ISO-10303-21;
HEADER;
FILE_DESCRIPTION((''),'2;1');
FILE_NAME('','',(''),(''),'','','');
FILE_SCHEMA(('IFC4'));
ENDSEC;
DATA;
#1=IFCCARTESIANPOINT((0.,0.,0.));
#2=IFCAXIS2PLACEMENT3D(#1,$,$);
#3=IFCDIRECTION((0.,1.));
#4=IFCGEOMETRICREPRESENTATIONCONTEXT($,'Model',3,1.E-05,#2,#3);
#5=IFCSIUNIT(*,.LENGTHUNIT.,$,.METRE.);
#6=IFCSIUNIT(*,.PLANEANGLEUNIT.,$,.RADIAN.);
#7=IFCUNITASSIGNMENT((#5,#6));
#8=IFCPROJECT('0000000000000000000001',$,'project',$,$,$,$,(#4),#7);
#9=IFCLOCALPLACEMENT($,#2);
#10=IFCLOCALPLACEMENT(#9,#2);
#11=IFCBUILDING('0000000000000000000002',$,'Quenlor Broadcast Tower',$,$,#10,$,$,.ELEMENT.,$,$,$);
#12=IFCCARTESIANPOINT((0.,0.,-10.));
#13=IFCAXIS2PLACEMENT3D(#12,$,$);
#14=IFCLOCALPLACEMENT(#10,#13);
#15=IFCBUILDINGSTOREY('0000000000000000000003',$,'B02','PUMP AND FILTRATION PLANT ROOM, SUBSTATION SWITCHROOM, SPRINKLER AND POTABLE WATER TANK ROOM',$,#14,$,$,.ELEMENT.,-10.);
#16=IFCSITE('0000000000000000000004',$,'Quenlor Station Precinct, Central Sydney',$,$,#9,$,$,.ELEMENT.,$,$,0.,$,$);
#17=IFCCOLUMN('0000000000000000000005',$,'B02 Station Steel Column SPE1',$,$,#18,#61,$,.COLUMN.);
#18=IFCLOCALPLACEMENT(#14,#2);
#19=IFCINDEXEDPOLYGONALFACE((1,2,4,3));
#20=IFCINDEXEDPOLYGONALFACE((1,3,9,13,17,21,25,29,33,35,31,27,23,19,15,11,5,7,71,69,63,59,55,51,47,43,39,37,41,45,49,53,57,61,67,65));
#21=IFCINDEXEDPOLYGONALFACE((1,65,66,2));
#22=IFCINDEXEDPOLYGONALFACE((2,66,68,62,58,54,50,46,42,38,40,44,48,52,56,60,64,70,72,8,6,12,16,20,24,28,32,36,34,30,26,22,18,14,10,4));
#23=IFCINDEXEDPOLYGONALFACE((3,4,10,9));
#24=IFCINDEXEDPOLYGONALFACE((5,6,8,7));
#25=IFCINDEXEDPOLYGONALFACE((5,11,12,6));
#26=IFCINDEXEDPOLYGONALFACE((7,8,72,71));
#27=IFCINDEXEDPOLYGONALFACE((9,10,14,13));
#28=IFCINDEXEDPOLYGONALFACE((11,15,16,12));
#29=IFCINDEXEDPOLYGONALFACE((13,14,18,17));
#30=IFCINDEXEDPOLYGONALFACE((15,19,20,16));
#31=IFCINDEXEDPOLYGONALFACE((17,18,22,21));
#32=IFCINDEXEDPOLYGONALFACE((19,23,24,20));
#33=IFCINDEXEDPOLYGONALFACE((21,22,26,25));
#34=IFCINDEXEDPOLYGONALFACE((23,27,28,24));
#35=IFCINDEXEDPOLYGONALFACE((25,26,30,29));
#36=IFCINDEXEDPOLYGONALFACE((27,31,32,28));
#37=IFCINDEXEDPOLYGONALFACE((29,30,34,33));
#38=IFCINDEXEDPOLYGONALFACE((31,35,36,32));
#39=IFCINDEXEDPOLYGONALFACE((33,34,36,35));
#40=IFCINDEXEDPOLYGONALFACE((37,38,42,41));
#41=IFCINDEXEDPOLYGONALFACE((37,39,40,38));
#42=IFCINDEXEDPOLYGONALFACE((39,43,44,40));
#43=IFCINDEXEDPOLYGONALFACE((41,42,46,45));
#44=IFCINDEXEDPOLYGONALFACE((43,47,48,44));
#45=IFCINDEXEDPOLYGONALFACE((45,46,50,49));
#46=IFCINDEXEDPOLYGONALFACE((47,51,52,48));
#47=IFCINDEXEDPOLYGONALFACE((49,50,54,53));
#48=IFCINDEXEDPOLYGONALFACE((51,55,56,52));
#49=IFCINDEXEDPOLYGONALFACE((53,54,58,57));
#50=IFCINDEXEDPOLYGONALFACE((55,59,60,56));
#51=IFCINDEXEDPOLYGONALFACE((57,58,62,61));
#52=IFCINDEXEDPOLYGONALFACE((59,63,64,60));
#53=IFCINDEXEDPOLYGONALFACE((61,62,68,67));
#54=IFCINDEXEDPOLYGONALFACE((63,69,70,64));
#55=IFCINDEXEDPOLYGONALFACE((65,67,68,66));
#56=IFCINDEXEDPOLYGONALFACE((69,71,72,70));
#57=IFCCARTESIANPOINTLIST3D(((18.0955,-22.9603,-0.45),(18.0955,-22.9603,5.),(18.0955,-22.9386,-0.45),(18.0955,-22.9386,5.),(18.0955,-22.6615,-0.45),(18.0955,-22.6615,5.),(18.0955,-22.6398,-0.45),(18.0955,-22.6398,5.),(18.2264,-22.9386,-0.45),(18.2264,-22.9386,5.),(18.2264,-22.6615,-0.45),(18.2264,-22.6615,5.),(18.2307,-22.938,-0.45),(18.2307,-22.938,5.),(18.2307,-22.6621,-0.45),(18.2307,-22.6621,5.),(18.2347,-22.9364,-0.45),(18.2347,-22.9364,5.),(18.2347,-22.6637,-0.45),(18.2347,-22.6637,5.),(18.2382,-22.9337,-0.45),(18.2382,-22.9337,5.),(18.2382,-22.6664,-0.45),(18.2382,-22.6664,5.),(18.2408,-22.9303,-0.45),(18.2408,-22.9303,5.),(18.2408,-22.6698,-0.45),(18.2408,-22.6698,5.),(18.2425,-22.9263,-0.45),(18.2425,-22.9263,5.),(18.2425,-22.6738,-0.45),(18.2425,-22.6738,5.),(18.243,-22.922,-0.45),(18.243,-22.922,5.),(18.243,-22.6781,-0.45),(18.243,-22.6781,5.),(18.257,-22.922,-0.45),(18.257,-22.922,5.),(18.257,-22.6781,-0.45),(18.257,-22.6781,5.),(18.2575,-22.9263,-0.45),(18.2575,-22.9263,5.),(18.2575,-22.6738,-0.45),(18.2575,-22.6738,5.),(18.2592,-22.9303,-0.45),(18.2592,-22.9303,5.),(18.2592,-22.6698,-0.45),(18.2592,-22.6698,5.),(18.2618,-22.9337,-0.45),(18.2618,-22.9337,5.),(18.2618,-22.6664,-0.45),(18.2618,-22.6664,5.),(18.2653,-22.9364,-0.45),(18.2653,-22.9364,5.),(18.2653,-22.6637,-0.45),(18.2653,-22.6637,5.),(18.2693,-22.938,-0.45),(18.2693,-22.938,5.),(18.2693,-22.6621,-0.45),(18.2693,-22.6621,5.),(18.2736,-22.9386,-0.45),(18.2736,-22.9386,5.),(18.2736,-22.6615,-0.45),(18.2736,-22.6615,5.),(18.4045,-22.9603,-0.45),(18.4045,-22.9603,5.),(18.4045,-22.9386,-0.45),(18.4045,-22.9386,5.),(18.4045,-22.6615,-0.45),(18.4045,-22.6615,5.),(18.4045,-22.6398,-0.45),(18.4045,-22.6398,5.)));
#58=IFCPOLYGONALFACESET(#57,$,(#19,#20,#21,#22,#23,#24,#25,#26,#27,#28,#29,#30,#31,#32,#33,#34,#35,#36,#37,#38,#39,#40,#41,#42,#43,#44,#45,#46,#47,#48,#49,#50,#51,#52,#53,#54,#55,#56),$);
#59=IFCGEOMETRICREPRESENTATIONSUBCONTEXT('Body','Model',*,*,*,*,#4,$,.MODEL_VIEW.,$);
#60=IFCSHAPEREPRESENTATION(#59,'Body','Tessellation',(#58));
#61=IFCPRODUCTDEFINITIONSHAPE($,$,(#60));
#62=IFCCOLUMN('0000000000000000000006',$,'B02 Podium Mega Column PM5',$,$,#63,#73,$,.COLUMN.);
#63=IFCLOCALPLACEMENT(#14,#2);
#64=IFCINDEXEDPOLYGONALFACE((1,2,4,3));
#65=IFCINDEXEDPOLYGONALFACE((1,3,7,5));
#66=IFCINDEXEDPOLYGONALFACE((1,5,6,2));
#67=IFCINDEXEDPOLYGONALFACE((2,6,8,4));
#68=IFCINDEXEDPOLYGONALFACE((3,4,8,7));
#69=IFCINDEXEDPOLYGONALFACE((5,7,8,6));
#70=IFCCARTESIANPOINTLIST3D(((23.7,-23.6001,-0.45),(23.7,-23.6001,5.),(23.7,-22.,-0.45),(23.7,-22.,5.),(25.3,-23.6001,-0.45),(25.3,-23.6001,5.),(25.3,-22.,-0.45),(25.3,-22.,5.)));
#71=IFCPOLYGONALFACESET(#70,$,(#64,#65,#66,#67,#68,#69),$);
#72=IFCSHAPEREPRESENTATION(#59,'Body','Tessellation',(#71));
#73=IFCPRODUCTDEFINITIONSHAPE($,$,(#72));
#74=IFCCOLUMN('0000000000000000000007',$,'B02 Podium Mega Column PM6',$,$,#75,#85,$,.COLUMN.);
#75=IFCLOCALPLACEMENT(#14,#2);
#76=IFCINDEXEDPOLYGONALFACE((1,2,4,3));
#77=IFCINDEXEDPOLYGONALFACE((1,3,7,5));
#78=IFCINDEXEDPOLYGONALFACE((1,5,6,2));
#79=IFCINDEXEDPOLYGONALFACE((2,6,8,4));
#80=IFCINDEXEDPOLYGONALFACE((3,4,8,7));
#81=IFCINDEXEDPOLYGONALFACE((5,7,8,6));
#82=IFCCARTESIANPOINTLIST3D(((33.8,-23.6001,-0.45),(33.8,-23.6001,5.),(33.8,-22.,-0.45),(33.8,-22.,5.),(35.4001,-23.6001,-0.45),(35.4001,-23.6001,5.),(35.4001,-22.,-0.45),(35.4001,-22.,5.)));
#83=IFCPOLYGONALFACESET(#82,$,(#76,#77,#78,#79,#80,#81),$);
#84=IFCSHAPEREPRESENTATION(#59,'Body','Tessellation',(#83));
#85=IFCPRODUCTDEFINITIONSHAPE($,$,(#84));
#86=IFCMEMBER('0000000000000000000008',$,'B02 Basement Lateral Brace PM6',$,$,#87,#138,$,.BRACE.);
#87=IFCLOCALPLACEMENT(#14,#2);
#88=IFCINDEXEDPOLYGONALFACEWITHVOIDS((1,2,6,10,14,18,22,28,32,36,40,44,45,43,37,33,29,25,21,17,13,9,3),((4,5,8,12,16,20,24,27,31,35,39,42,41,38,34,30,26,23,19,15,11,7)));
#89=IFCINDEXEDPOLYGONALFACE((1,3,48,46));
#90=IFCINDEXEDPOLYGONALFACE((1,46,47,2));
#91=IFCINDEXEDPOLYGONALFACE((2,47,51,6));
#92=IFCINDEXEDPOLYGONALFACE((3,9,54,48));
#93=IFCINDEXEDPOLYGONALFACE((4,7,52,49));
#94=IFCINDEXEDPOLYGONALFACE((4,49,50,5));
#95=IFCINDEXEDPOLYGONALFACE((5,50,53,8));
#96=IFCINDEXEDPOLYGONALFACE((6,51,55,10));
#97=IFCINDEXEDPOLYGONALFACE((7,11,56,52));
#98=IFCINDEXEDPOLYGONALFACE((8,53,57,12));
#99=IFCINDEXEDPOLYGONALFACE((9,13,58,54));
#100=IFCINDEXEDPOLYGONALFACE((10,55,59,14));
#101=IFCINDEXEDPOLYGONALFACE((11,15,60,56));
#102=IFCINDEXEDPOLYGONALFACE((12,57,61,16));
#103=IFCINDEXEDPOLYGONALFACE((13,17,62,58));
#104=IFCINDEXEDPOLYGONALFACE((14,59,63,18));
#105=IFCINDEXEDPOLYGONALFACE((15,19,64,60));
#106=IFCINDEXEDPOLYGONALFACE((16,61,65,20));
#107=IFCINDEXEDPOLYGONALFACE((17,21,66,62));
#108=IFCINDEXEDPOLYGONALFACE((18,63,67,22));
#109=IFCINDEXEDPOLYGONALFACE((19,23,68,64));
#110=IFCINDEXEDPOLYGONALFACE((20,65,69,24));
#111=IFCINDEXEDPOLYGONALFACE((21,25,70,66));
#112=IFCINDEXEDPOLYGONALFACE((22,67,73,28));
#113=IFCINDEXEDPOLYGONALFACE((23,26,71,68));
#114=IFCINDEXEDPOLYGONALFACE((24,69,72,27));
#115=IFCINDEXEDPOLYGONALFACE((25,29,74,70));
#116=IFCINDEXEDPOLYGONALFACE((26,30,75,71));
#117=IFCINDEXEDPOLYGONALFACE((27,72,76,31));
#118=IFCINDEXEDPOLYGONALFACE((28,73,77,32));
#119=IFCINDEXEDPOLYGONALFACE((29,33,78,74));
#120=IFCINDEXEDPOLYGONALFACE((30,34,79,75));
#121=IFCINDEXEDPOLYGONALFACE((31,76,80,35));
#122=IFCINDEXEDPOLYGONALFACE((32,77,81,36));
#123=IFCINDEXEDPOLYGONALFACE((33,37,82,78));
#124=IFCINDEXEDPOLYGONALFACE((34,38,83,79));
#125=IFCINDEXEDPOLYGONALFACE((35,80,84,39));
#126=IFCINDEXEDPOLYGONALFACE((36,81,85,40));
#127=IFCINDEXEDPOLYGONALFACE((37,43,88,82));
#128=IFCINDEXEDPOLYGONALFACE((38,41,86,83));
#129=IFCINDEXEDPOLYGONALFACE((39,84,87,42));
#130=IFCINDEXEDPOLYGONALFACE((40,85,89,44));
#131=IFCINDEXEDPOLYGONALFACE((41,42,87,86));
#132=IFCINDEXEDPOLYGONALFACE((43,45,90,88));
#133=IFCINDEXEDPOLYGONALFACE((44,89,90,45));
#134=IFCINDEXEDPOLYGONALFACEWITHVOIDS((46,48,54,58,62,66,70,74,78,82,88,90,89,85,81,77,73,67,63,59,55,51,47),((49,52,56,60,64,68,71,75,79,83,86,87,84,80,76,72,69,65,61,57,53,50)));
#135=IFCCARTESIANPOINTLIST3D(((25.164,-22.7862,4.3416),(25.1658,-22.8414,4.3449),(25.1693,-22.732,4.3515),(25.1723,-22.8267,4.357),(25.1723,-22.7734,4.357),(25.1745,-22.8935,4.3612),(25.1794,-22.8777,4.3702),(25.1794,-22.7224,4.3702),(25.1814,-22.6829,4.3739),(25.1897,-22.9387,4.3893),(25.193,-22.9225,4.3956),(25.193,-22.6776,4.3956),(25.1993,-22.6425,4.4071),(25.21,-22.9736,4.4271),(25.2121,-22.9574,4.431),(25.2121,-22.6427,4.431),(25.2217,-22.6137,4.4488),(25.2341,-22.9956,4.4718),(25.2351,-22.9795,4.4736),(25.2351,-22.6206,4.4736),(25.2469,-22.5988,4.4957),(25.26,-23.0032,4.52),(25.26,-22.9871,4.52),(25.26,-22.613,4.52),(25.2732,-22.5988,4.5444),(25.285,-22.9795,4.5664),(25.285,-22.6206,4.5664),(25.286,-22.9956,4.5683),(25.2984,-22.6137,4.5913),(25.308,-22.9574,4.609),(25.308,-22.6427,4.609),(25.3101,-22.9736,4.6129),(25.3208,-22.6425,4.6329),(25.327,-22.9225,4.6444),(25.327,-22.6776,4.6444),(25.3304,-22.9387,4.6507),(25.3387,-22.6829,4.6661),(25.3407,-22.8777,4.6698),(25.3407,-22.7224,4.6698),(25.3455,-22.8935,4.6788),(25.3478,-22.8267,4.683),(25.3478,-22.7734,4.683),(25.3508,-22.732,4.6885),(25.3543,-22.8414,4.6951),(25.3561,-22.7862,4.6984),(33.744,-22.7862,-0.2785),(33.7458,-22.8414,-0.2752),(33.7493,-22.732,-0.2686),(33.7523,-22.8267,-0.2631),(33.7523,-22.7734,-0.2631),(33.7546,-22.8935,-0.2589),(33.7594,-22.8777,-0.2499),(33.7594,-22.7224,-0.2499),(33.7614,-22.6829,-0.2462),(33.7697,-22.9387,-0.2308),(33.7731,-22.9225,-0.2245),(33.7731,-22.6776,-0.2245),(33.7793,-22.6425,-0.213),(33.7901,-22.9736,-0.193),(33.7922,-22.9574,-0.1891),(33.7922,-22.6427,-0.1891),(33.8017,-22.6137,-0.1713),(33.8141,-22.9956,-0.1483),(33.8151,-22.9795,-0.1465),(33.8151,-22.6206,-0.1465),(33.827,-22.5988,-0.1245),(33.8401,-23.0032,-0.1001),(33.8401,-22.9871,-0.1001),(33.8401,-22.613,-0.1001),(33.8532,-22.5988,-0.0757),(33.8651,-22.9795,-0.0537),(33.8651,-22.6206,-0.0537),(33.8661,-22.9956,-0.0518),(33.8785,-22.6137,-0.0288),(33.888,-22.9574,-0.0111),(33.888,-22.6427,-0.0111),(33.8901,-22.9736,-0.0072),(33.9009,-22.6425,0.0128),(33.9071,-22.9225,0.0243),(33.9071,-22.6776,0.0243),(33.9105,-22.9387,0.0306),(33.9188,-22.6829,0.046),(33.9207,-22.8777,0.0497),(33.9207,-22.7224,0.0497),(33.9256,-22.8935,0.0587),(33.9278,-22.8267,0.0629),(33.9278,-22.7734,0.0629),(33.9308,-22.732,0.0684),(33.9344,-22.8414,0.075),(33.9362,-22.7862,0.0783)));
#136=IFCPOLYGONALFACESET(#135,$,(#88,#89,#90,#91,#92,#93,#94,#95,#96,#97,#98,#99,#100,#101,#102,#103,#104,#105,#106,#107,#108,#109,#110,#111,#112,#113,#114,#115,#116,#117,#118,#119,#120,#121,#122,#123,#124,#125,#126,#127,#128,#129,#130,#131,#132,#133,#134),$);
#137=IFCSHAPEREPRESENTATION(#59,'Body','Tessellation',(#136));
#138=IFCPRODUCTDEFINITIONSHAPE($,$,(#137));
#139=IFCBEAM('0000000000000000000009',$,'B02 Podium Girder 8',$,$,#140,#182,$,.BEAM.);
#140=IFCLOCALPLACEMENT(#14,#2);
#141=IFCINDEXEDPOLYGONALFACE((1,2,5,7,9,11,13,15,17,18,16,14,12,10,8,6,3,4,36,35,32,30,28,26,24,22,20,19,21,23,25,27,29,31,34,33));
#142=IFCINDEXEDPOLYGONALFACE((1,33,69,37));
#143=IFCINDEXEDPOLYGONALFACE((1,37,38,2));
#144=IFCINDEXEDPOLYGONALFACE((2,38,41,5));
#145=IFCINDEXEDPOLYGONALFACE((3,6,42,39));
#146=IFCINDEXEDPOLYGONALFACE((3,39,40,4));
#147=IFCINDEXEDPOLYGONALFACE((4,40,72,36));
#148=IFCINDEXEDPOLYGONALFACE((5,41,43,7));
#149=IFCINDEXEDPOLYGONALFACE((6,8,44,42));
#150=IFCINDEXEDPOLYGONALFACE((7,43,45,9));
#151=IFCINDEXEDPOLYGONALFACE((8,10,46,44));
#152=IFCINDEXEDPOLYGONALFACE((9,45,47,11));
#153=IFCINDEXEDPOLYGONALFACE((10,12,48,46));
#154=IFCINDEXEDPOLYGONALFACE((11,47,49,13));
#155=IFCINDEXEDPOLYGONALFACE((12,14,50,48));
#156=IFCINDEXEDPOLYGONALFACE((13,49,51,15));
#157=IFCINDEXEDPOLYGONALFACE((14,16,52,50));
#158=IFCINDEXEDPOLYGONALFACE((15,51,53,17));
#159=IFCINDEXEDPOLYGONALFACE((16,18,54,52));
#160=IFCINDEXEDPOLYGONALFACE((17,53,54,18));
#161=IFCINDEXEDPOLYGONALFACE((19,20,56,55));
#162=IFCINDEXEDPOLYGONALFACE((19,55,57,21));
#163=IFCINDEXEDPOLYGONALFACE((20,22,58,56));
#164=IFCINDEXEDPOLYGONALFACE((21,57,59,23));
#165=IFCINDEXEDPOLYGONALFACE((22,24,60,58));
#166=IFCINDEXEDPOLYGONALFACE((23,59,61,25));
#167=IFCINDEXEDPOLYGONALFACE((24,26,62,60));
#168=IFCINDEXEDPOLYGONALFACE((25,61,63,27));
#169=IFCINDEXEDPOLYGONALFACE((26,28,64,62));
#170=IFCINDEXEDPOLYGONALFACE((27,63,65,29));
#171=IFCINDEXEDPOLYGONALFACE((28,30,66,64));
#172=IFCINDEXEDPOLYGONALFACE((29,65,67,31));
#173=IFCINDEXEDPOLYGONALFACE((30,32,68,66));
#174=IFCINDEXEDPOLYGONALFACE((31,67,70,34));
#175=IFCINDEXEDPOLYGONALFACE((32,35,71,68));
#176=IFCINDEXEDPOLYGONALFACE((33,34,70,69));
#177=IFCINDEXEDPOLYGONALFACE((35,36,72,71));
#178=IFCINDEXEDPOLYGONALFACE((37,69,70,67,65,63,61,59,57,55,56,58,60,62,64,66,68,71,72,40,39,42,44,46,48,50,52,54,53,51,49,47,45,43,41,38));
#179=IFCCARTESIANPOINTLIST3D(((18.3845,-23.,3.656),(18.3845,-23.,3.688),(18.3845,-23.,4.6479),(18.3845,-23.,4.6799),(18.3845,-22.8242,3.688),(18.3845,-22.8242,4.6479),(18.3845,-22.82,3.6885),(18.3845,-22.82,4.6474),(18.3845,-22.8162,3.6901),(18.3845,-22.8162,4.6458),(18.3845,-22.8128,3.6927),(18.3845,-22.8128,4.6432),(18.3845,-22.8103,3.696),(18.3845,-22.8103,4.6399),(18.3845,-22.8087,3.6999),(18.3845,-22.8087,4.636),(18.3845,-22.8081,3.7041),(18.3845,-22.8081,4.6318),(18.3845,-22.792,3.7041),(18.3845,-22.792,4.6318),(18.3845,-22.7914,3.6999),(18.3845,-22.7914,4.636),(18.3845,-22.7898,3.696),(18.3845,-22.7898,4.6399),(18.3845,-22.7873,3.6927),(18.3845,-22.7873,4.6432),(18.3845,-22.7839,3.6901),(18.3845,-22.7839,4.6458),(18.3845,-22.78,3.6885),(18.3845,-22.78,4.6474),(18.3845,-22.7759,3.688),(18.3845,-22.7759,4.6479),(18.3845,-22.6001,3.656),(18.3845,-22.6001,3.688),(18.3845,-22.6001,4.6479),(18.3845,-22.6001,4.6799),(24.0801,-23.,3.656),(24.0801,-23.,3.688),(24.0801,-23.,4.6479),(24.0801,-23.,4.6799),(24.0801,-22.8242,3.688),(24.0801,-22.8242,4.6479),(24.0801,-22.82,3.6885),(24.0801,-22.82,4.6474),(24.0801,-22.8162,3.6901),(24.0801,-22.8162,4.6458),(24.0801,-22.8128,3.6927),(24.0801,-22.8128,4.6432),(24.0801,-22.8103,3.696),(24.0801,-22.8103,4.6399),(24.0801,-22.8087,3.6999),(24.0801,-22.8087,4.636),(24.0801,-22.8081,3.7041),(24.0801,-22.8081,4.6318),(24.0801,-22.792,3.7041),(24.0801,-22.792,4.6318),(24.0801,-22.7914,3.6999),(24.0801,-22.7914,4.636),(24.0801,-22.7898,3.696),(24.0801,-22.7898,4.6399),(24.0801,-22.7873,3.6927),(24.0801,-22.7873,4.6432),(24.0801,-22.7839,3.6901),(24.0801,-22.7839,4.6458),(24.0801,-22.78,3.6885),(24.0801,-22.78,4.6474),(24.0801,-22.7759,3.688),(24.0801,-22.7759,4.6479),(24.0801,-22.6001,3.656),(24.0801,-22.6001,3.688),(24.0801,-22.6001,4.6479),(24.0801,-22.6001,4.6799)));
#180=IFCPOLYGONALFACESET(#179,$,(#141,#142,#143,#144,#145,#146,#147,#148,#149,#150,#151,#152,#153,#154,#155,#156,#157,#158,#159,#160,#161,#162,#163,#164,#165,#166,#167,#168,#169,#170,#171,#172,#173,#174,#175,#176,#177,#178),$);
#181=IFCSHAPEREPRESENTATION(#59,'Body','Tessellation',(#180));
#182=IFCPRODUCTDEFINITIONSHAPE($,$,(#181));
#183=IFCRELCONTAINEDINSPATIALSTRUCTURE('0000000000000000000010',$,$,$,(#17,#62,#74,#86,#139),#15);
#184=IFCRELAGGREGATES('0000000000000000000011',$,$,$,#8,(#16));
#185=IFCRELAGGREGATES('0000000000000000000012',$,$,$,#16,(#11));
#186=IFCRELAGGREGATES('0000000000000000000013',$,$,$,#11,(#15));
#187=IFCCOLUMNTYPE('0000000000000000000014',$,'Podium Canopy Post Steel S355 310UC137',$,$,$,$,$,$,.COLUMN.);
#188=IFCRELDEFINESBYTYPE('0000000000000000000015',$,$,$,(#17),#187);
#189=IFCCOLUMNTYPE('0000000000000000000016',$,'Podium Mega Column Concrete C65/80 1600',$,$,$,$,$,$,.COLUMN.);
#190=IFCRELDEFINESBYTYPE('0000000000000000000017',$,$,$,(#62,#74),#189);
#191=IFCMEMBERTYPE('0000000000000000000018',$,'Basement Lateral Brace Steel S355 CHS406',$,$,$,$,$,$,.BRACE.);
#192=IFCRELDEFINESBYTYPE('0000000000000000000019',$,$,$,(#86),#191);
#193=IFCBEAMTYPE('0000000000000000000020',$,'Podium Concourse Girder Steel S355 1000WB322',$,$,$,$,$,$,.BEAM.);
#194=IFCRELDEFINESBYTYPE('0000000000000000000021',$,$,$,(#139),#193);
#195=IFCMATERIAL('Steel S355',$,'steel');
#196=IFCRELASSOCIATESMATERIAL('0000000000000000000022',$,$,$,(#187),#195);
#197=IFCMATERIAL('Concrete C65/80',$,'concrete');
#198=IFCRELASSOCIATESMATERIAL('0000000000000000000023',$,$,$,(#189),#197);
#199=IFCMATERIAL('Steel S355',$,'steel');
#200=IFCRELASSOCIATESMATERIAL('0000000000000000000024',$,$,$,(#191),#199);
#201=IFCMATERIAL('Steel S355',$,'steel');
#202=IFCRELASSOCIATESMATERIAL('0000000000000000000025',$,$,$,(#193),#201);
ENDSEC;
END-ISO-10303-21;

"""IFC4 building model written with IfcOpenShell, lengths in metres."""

from ifc_helpers import new_model, si_unit, direction, frame, origin, origin_2d, place, context, subcontext, project, spatial, rectangle, hollow_circle, i_section, extrude, material, material_profile, profile_set, type_object, element, save


model = new_model("IFC4")

# Units and contexts
model_context = context("Model", 3, precision=1e-05, world=origin(), true_north=direction((0.0, 1.0)))
body_context = subcontext(model_context, "Body", "Model", "MODEL_VIEW")
ifc_project = project(units=[si_unit("LENGTHUNIT", "METRE"), si_unit("PLANEANGLEUNIT", "RADIAN")], contexts=[model_context])

# Site, building, storey
site_placement = place(None, origin())
site = spatial("IfcSite", under=ifc_project, at=site_placement, Name="Quenlor Station Precinct, Central Sydney", CompositionType="ELEMENT", RefElevation=0.0)
building_placement = place(site_placement, origin())
building = spatial("IfcBuilding", under=site, at=building_placement, Name="Quenlor Broadcast Tower", CompositionType="ELEMENT")
storey_placement = place(building_placement, frame((0.0, 0.0, -10.0)))
storey = spatial("IfcBuildingStorey", under=building, at=storey_placement, Name="B02", Description="PUMP AND FILTRATION PLANT ROOM, SUBSTATION SWITCHROOM, SPRINKLER AND POTABLE WATER TANK ROOM", CompositionType="ELEMENT", Elevation=-10.0)

# Columns
ifc_material_1 = material(Name="Steel S355", Category="steel")
ifc_material_profile_1 = material_profile(ifc_material_1, i_section(OverallWidth=0.3091, OverallDepth=0.3206, WebThickness=0.0139, FlangeThickness=0.0217, FilletRadius=0.0166, at=origin_2d()))
ifc_profile_set_1 = profile_set([ifc_material_profile_1], Name="Steel S355 310UC137")
column_type_1 = type_object("IfcColumnType", Name="Podium Canopy Post Steel S355 310UC137", PredefinedType="COLUMN", material=ifc_profile_set_1)
column_placement = place(storey_placement, frame((18.25, -22.8, -0.45), z_axis=(0.0, 0.0, 1.0), x_axis=(1.0, 0.0, 0.0)))
element("IfcColumn", 1, at=column_placement, inside=storey, type_object=column_type_1, Name="B02 Station Steel Column SPE1", PredefinedType="COLUMN", context=body_context, shape_type="SweptSolid", body=[
    extrude(i_section(OverallWidth=0.3091, OverallDepth=0.3206, WebThickness=0.0139, FlangeThickness=0.0217, FilletRadius=0.0166, at=origin_2d()), origin(), (0.0, 0.0, 1.0), 5.45),
])
ifc_material_2 = material(Name="Concrete C65/80", Category="concrete")
ifc_material_profile_2 = material_profile(ifc_material_2, rectangle(XDim=1.6001, YDim=1.6001, at=origin_2d()))
ifc_profile_set_2 = profile_set([ifc_material_profile_2], Name="Concrete C65/80 RC1600x1600")
column_type_2 = type_object("IfcColumnType", Name="Podium Mega Column Concrete C65/80 1600", PredefinedType="COLUMN", material=ifc_profile_set_2)
for number, where, z_axis, x_axis, name in (
    (2, (24.5, -22.8, -0.45), (0.0, 0.0, 1.0), (1.0, 0.0, 0.0), "B02 Podium Mega Column PM5"),
    (3, (34.6001, -22.8, -0.45), (0.0, 0.0, 1.0), (1.0, 0.0, 0.0), "B02 Podium Mega Column PM6"),
):
    element("IfcColumn", number, at=place(storey_placement, frame(where, z_axis=z_axis, x_axis=x_axis)), inside=storey, type_object=column_type_2, Name=name, PredefinedType="COLUMN", context=body_context, shape_type="SweptSolid", body=[
        extrude(rectangle(XDim=1.6001, YDim=1.6001, at=origin_2d()), origin(), (0.0, 0.0, 1.0), 5.45),
    ])

# Member
ifc_material_3 = material(Name="Steel S355", Category="steel")
ifc_material_profile_3 = material_profile(ifc_material_3, hollow_circle(Radius=0.2031, WallThickness=0.0161, at=origin_2d()))
ifc_profile_set_3 = profile_set([ifc_material_profile_3], Name="Steel S355 CHS406x16")
member_type = type_object("IfcMemberType", Name="Basement Lateral Brace Steel S355 CHS406", PredefinedType="BRACE", material=ifc_profile_set_3)
member_placement = place(storey_placement, frame((33.8401, -22.8, -0.1001), z_axis=(-0.880468, 0.0, 0.474106), x_axis=(0.0, -1.0, 0.0)))
element("IfcMember", 4, at=member_placement, inside=storey, type_object=member_type, Name="B02 Basement Lateral Brace PM6", PredefinedType="BRACE", context=body_context, shape_type="SweptSolid", body=[
    extrude(hollow_circle(Radius=0.2031, WallThickness=0.0161, at=origin_2d()), origin(), (0.0, 0.0, 1.0), 9.7449),
])

# Beam
ifc_material_4 = material(Name="Steel S355", Category="steel")
ifc_material_profile_4 = material_profile(ifc_material_4, i_section(OverallWidth=0.3999, OverallDepth=1.0239, WebThickness=0.0161, FlangeThickness=0.032, FilletRadius=0.0161, at=origin_2d()))
ifc_profile_set_4 = profile_set([ifc_material_profile_4], Name="Steel S355 1000WB322")
beam_type_1 = type_object("IfcBeamType", Name="Podium Concourse Girder Steel S355 1000WB322", PredefinedType="BEAM", material=ifc_profile_set_4)
beam_1_placement = place(storey_placement, frame((18.3845, -22.8, 4.168), z_axis=(1.0, 0.0, 0.0), x_axis=(0.0, 1.0, 0.0)))
element("IfcBeam", 5, at=beam_1_placement, inside=storey, type_object=beam_type_1, Name="B02 Podium Girder 8", PredefinedType="BEAM", context=body_context, shape_type="SweptSolid", body=[
    extrude(i_section(OverallWidth=0.3999, OverallDepth=1.0239, WebThickness=0.0161, FlangeThickness=0.032, FilletRadius=0.0161, at=origin_2d()), origin(), (0.0, 0.0, 1.0), 5.6956),
])

save(model, "model.ifc")
